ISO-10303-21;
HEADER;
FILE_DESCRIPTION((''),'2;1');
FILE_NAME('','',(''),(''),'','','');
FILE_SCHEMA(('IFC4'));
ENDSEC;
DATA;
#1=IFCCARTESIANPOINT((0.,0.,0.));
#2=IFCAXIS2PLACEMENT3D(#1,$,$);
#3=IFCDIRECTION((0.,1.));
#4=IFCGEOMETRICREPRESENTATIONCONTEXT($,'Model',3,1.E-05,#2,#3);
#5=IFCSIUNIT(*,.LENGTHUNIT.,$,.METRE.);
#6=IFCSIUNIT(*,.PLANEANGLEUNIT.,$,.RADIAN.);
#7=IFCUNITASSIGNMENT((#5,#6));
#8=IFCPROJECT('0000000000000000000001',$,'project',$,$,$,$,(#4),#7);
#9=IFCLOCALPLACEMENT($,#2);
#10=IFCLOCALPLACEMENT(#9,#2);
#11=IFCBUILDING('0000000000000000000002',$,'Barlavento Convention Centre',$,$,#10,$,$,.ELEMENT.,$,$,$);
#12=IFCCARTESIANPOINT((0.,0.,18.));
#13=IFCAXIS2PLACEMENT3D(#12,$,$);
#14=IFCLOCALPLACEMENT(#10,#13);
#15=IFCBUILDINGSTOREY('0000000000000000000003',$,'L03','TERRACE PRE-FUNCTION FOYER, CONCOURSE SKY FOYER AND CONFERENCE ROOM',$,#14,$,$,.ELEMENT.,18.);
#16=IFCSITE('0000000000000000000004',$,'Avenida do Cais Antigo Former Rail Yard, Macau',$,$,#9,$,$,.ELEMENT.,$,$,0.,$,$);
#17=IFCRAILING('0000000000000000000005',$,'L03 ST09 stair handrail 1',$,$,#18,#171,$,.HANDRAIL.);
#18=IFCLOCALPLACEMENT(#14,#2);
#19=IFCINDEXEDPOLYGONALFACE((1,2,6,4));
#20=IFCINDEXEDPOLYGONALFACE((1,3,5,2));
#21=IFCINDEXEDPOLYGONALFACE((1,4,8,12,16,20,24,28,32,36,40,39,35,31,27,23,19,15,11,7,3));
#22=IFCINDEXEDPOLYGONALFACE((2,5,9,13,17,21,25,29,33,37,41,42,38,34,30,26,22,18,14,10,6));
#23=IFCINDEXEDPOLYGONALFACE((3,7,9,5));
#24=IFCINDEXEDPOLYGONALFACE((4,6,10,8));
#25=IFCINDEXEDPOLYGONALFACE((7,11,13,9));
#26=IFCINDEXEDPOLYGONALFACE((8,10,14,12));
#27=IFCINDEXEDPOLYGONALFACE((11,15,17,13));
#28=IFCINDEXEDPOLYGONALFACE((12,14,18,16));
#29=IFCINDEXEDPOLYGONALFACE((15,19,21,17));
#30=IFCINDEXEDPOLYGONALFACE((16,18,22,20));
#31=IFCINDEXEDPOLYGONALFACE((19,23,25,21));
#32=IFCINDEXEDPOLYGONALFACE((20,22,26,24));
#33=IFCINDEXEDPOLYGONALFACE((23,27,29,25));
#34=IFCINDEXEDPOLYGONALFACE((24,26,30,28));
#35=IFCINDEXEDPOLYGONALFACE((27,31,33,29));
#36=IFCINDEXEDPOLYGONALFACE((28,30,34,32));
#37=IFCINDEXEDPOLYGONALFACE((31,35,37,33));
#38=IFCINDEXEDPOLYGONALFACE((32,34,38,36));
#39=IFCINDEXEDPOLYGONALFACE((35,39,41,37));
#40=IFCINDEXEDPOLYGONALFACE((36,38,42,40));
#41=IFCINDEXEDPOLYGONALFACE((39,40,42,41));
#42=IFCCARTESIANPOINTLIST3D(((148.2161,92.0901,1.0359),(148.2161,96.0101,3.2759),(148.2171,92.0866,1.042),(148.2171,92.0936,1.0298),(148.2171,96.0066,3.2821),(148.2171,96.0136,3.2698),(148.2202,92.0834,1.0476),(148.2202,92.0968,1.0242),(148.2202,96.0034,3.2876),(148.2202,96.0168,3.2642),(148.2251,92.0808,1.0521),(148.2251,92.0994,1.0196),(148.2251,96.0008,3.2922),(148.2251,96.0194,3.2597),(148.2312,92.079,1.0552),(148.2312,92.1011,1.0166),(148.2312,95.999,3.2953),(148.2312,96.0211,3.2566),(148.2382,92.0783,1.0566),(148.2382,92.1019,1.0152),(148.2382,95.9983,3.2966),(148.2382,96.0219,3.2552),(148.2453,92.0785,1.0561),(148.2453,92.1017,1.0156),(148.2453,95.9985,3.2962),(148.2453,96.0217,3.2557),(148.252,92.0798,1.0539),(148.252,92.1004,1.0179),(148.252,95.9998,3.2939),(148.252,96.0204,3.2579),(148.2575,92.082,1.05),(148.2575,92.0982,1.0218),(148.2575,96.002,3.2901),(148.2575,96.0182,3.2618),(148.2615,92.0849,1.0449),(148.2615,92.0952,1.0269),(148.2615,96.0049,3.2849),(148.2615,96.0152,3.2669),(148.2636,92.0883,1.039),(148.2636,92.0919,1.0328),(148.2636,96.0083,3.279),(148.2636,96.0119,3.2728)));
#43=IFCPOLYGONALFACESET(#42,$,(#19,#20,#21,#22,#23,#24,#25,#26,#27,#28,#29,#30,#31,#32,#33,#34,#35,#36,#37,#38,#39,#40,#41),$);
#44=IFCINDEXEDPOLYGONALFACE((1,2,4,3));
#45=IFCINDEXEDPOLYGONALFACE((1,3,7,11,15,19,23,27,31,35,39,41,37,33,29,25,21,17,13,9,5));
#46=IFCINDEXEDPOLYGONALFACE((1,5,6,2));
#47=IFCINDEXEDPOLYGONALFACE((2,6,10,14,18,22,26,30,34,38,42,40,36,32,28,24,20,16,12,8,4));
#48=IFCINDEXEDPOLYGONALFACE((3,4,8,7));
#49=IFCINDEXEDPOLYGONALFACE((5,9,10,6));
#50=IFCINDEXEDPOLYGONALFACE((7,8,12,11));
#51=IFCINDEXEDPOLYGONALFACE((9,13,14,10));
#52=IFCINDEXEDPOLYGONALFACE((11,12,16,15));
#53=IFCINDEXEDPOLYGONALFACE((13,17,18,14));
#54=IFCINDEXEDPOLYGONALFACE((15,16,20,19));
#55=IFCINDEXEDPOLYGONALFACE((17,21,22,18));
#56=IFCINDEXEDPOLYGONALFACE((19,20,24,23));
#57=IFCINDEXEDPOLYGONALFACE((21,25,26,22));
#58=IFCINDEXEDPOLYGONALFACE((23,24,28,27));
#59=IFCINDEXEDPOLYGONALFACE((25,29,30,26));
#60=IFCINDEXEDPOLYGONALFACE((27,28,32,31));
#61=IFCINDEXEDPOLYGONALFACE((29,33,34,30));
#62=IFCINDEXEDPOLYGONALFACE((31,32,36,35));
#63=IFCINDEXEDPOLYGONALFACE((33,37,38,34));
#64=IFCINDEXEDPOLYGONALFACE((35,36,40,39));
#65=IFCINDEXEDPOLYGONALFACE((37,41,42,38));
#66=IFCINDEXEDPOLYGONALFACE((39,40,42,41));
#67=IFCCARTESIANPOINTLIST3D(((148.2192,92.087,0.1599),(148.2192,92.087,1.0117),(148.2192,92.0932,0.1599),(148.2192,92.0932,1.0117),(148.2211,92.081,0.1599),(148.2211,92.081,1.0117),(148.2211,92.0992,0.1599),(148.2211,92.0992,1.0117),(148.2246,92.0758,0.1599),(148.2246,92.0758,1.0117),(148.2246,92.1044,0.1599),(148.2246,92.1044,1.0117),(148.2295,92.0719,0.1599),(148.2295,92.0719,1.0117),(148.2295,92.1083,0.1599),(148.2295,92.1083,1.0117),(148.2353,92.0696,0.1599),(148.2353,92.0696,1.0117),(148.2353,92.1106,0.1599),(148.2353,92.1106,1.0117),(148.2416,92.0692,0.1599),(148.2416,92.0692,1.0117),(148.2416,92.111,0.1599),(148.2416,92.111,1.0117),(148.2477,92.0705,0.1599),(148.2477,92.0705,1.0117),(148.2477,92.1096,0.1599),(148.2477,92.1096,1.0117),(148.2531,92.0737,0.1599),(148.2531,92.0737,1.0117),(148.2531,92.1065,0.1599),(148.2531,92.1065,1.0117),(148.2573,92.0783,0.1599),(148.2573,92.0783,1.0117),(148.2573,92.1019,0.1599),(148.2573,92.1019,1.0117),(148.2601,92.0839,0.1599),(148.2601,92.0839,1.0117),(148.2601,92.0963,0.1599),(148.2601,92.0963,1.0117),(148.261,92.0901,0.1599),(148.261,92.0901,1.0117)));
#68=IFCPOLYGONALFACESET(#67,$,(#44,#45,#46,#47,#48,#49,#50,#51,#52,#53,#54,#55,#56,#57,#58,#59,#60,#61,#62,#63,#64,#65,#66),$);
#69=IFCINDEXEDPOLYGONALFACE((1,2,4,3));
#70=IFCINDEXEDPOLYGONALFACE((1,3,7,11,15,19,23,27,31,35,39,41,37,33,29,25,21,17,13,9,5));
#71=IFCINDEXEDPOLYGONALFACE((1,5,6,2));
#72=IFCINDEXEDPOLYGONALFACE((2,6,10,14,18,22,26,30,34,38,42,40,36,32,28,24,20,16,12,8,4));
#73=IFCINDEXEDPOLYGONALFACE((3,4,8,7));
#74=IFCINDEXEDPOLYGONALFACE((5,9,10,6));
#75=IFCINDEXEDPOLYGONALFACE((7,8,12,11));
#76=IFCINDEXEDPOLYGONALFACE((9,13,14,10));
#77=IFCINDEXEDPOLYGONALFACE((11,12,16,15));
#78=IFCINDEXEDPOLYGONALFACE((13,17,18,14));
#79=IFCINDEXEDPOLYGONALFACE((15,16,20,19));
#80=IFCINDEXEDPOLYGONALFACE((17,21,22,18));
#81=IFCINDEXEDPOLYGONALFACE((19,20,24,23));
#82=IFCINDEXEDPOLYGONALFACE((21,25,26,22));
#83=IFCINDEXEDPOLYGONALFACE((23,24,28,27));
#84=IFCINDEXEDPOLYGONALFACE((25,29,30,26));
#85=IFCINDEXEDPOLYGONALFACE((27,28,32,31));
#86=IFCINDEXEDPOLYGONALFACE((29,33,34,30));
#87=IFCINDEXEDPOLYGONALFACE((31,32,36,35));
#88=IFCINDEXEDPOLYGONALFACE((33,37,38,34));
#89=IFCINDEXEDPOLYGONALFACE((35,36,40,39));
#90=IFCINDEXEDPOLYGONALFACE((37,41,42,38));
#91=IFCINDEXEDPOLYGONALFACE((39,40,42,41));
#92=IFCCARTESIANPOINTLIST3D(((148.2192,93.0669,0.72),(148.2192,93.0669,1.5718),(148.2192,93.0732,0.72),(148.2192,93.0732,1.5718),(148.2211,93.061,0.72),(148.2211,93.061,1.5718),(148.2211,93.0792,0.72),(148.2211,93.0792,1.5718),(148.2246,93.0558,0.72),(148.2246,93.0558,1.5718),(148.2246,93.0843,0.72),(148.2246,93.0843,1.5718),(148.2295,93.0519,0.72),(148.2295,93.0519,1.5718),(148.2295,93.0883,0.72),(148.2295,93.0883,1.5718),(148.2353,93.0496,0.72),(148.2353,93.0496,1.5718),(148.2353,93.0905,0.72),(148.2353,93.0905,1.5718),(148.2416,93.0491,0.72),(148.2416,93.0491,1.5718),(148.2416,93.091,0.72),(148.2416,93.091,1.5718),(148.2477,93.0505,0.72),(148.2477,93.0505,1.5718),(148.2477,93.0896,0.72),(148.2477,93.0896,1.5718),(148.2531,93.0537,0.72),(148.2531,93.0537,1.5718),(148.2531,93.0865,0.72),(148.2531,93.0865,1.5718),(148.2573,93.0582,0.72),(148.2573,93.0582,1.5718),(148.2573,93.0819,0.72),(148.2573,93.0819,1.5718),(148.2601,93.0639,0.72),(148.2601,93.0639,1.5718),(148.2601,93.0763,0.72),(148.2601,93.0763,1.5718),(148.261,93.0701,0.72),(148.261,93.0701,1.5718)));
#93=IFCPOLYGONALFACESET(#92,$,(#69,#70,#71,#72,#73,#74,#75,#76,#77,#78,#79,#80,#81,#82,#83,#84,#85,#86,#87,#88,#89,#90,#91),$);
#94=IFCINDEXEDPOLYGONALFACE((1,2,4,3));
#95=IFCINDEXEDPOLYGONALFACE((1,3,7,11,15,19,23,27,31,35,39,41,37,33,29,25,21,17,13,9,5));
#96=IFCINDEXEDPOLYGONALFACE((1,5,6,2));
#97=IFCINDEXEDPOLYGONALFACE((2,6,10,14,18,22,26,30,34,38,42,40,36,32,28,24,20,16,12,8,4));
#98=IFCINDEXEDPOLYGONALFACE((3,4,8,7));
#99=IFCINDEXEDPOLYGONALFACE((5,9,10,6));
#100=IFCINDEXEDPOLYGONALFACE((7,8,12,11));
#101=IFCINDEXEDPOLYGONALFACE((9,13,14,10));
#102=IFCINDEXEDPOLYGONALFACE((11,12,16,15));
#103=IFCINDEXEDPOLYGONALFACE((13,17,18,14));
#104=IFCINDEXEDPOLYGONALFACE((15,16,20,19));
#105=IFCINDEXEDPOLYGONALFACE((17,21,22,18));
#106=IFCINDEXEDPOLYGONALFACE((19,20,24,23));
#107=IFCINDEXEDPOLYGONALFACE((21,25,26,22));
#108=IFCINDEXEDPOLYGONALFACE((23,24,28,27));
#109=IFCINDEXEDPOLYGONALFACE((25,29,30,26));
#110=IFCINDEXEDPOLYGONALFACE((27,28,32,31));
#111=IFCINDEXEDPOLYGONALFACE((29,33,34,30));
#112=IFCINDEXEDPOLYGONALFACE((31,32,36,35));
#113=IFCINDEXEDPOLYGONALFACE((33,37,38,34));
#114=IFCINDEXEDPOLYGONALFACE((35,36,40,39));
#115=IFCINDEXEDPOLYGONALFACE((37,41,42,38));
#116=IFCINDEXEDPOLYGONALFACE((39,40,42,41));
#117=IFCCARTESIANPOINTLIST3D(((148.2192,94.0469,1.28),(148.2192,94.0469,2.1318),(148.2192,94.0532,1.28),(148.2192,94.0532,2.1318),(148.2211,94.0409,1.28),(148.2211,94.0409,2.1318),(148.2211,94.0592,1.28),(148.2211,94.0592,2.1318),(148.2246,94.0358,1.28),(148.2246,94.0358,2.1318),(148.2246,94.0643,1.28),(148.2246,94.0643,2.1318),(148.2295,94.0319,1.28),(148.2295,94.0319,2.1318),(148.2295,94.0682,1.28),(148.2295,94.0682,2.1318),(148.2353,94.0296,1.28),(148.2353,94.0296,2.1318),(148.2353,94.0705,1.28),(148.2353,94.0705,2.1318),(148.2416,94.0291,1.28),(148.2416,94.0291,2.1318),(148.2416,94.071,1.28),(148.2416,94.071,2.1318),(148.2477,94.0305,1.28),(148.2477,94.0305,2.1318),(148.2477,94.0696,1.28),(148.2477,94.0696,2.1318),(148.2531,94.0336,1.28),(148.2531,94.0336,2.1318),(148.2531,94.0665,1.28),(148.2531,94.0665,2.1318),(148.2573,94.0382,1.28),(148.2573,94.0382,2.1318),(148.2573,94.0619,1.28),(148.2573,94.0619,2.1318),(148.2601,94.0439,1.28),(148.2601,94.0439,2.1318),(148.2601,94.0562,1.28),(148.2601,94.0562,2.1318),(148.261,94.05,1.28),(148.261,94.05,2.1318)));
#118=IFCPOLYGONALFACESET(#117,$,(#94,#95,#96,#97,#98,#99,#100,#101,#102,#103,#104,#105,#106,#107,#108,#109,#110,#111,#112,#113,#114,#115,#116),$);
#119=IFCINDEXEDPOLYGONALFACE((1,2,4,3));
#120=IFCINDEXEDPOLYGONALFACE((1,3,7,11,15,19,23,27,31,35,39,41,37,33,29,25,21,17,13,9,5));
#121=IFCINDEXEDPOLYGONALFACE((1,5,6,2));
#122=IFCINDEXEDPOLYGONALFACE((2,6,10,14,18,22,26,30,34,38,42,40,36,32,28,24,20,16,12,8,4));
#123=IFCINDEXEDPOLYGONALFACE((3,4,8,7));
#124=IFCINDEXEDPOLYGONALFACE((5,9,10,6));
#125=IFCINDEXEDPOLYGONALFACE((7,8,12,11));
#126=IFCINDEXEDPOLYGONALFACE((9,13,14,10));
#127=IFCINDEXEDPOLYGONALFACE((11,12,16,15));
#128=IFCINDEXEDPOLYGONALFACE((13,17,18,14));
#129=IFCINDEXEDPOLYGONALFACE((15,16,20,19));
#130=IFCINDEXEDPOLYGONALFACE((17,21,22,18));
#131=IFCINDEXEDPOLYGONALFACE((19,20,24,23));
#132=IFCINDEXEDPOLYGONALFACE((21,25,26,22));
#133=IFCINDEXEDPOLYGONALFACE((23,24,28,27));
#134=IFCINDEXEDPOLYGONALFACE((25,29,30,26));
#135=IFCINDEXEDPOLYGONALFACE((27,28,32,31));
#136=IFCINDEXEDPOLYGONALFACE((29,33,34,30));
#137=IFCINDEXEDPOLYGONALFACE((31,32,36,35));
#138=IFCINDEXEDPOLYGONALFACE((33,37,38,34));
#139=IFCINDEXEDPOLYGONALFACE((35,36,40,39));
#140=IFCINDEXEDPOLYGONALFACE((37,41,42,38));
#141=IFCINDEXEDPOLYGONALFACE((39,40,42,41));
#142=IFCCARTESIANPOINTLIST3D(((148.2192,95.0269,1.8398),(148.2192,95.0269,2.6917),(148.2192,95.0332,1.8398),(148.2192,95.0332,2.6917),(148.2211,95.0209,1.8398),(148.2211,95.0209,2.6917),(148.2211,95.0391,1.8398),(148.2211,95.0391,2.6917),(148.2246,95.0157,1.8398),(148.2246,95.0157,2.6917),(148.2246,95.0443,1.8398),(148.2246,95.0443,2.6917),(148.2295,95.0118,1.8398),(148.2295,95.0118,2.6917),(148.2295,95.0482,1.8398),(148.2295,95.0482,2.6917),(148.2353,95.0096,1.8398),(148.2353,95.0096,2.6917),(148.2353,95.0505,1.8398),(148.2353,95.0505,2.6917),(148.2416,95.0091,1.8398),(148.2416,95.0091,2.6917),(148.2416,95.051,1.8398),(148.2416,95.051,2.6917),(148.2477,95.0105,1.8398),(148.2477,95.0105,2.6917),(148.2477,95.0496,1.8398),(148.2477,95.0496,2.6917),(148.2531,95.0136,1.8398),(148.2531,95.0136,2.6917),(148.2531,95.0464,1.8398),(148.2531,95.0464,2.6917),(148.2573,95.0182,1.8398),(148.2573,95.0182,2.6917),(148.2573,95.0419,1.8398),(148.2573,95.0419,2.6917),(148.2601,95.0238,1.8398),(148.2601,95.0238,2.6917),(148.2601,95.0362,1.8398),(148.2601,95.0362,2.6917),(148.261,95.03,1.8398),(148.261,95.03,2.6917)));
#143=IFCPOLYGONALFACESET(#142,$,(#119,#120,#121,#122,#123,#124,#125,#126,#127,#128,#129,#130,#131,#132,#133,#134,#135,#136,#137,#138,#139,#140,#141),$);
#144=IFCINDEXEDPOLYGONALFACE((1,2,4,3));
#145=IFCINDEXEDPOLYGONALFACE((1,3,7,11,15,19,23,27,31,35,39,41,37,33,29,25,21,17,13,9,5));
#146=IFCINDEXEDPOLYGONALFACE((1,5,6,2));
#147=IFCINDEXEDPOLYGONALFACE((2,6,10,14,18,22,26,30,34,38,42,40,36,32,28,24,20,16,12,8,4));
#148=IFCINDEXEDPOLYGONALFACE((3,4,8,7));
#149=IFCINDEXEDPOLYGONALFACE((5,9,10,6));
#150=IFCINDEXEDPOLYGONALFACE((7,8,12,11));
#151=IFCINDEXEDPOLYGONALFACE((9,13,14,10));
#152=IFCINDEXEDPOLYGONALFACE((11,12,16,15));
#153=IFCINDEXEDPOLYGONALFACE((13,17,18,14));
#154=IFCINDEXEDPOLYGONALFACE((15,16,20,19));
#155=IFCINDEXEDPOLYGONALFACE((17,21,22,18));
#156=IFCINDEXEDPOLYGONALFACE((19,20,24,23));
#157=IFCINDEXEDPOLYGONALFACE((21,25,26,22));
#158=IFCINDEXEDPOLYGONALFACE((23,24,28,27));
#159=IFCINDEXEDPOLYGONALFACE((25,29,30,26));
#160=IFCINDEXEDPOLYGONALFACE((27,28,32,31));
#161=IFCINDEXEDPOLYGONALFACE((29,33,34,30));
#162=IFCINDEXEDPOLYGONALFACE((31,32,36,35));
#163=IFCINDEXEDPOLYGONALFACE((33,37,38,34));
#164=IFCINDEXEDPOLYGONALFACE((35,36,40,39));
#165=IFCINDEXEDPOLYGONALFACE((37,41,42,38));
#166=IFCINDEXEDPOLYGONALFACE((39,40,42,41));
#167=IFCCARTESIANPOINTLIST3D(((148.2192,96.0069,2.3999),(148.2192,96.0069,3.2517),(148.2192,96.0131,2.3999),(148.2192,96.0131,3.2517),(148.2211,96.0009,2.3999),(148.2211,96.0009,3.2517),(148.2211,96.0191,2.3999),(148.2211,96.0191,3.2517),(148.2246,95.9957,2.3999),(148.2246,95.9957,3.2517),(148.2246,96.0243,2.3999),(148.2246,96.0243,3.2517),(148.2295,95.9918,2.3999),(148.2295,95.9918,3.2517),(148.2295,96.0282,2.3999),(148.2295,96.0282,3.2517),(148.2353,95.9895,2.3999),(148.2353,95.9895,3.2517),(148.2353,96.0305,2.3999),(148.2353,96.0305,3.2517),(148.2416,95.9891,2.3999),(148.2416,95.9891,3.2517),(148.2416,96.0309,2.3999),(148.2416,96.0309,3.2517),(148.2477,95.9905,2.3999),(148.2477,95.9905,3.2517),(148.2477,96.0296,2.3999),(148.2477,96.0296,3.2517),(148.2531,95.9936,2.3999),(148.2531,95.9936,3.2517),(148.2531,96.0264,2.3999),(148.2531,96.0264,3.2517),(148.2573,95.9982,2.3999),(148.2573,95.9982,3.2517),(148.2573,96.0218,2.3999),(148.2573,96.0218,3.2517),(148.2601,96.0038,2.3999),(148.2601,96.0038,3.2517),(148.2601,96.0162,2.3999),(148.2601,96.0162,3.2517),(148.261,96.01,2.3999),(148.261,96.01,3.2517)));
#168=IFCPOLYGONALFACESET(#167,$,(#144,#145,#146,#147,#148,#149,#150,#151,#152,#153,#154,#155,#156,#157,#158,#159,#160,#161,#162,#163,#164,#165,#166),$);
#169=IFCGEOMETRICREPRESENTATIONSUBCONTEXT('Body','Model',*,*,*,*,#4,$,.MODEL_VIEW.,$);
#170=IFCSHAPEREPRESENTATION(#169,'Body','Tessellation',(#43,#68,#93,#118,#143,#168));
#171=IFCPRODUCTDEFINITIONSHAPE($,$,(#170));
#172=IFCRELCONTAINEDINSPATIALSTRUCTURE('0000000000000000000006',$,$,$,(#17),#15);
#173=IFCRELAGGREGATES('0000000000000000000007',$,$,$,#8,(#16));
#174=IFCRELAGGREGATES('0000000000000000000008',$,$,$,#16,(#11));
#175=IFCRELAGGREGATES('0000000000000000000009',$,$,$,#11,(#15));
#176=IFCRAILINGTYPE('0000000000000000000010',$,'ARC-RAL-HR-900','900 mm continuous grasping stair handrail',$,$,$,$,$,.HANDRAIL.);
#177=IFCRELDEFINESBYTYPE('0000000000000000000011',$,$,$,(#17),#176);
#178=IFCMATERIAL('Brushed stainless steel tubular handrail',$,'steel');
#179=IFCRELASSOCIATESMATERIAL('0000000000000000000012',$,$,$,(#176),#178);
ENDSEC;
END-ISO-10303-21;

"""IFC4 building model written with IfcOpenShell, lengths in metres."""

from ifc_helpers import new_model, si_unit, direction, frame, origin, origin_2d, place, context, subcontext, project, spatial, circle, extrude, material, type_object, element, save


model = new_model("IFC4")

# Units and contexts
model_context = context("Model", 3, precision=1e-05, world=origin(), true_north=direction((0.0, 1.0)))
body_context = subcontext(model_context, "Body", "Model", "MODEL_VIEW")
ifc_project = project(units=[si_unit("LENGTHUNIT", "METRE"), si_unit("PLANEANGLEUNIT", "RADIAN")], contexts=[model_context])

# Site, building, storey
site_placement = place(None, origin())
site = spatial("IfcSite", under=ifc_project, at=site_placement, Name="Avenida do Cais Antigo Former Rail Yard, Macau", CompositionType="ELEMENT", RefElevation=0.0)
building_placement = place(site_placement, origin())
building = spatial("IfcBuilding", under=site, at=building_placement, Name="Barlavento Convention Centre", CompositionType="ELEMENT")
storey_placement = place(building_placement, frame((0.0, 0.0, 18.0)))
storey = spatial("IfcBuildingStorey", under=building, at=storey_placement, Name="L03", Description="TERRACE PRE-FUNCTION FOYER, CONCOURSE SKY FOYER AND CONFERENCE ROOM", CompositionType="ELEMENT", Elevation=18.0)

# Railing
ifc_material_1 = material(Name="Brushed stainless steel tubular handrail", Category="steel")
railing_type_1 = type_object("IfcRailingType", Name="ARC-RAL-HR-900", Description="900 mm continuous grasping stair handrail", PredefinedType="HANDRAIL", material=ifc_material_1)
railing_1_placement = place(storey_placement, frame((148.24, 92.0901, 0.1599)))
element("IfcRailing", 1, at=railing_1_placement, inside=storey, type_object=railing_type_1, Name="L03 ST09 stair handrail 1", PredefinedType="HANDRAIL", context=body_context, shape_type="SweptSolid", body=[
    extrude(circle(Radius=0.0239, at=origin_2d()), frame((0.0, 0.0, 0.876), z_axis=(0.0, 0.86824, 0.496145), x_axis=(-1.0, 0.0, 0.0)), (0.0, 0.0, 1.0), 4.5149),
    extrude(circle(Radius=0.021, at=origin_2d()), origin(), (0.0, 0.0, 1.0), 0.8518),
    extrude(circle(Radius=0.021, at=origin_2d()), frame((0.0, 0.98, 0.5601)), (0.0, 0.0, 1.0), 0.8518),
    extrude(circle(Radius=0.021, at=origin_2d()), frame((0.0, 1.96, 1.1201)), (0.0, 0.0, 1.0), 0.8518),
    extrude(circle(Radius=0.021, at=origin_2d()), frame((0.0, 2.9399, 1.6799)), (0.0, 0.0, 1.0), 0.8518),
    extrude(circle(Radius=0.021, at=origin_2d()), frame((0.0, 3.9199, 2.24)), (0.0, 0.0, 1.0), 0.8518),
])

save(model, "model.ifc")
